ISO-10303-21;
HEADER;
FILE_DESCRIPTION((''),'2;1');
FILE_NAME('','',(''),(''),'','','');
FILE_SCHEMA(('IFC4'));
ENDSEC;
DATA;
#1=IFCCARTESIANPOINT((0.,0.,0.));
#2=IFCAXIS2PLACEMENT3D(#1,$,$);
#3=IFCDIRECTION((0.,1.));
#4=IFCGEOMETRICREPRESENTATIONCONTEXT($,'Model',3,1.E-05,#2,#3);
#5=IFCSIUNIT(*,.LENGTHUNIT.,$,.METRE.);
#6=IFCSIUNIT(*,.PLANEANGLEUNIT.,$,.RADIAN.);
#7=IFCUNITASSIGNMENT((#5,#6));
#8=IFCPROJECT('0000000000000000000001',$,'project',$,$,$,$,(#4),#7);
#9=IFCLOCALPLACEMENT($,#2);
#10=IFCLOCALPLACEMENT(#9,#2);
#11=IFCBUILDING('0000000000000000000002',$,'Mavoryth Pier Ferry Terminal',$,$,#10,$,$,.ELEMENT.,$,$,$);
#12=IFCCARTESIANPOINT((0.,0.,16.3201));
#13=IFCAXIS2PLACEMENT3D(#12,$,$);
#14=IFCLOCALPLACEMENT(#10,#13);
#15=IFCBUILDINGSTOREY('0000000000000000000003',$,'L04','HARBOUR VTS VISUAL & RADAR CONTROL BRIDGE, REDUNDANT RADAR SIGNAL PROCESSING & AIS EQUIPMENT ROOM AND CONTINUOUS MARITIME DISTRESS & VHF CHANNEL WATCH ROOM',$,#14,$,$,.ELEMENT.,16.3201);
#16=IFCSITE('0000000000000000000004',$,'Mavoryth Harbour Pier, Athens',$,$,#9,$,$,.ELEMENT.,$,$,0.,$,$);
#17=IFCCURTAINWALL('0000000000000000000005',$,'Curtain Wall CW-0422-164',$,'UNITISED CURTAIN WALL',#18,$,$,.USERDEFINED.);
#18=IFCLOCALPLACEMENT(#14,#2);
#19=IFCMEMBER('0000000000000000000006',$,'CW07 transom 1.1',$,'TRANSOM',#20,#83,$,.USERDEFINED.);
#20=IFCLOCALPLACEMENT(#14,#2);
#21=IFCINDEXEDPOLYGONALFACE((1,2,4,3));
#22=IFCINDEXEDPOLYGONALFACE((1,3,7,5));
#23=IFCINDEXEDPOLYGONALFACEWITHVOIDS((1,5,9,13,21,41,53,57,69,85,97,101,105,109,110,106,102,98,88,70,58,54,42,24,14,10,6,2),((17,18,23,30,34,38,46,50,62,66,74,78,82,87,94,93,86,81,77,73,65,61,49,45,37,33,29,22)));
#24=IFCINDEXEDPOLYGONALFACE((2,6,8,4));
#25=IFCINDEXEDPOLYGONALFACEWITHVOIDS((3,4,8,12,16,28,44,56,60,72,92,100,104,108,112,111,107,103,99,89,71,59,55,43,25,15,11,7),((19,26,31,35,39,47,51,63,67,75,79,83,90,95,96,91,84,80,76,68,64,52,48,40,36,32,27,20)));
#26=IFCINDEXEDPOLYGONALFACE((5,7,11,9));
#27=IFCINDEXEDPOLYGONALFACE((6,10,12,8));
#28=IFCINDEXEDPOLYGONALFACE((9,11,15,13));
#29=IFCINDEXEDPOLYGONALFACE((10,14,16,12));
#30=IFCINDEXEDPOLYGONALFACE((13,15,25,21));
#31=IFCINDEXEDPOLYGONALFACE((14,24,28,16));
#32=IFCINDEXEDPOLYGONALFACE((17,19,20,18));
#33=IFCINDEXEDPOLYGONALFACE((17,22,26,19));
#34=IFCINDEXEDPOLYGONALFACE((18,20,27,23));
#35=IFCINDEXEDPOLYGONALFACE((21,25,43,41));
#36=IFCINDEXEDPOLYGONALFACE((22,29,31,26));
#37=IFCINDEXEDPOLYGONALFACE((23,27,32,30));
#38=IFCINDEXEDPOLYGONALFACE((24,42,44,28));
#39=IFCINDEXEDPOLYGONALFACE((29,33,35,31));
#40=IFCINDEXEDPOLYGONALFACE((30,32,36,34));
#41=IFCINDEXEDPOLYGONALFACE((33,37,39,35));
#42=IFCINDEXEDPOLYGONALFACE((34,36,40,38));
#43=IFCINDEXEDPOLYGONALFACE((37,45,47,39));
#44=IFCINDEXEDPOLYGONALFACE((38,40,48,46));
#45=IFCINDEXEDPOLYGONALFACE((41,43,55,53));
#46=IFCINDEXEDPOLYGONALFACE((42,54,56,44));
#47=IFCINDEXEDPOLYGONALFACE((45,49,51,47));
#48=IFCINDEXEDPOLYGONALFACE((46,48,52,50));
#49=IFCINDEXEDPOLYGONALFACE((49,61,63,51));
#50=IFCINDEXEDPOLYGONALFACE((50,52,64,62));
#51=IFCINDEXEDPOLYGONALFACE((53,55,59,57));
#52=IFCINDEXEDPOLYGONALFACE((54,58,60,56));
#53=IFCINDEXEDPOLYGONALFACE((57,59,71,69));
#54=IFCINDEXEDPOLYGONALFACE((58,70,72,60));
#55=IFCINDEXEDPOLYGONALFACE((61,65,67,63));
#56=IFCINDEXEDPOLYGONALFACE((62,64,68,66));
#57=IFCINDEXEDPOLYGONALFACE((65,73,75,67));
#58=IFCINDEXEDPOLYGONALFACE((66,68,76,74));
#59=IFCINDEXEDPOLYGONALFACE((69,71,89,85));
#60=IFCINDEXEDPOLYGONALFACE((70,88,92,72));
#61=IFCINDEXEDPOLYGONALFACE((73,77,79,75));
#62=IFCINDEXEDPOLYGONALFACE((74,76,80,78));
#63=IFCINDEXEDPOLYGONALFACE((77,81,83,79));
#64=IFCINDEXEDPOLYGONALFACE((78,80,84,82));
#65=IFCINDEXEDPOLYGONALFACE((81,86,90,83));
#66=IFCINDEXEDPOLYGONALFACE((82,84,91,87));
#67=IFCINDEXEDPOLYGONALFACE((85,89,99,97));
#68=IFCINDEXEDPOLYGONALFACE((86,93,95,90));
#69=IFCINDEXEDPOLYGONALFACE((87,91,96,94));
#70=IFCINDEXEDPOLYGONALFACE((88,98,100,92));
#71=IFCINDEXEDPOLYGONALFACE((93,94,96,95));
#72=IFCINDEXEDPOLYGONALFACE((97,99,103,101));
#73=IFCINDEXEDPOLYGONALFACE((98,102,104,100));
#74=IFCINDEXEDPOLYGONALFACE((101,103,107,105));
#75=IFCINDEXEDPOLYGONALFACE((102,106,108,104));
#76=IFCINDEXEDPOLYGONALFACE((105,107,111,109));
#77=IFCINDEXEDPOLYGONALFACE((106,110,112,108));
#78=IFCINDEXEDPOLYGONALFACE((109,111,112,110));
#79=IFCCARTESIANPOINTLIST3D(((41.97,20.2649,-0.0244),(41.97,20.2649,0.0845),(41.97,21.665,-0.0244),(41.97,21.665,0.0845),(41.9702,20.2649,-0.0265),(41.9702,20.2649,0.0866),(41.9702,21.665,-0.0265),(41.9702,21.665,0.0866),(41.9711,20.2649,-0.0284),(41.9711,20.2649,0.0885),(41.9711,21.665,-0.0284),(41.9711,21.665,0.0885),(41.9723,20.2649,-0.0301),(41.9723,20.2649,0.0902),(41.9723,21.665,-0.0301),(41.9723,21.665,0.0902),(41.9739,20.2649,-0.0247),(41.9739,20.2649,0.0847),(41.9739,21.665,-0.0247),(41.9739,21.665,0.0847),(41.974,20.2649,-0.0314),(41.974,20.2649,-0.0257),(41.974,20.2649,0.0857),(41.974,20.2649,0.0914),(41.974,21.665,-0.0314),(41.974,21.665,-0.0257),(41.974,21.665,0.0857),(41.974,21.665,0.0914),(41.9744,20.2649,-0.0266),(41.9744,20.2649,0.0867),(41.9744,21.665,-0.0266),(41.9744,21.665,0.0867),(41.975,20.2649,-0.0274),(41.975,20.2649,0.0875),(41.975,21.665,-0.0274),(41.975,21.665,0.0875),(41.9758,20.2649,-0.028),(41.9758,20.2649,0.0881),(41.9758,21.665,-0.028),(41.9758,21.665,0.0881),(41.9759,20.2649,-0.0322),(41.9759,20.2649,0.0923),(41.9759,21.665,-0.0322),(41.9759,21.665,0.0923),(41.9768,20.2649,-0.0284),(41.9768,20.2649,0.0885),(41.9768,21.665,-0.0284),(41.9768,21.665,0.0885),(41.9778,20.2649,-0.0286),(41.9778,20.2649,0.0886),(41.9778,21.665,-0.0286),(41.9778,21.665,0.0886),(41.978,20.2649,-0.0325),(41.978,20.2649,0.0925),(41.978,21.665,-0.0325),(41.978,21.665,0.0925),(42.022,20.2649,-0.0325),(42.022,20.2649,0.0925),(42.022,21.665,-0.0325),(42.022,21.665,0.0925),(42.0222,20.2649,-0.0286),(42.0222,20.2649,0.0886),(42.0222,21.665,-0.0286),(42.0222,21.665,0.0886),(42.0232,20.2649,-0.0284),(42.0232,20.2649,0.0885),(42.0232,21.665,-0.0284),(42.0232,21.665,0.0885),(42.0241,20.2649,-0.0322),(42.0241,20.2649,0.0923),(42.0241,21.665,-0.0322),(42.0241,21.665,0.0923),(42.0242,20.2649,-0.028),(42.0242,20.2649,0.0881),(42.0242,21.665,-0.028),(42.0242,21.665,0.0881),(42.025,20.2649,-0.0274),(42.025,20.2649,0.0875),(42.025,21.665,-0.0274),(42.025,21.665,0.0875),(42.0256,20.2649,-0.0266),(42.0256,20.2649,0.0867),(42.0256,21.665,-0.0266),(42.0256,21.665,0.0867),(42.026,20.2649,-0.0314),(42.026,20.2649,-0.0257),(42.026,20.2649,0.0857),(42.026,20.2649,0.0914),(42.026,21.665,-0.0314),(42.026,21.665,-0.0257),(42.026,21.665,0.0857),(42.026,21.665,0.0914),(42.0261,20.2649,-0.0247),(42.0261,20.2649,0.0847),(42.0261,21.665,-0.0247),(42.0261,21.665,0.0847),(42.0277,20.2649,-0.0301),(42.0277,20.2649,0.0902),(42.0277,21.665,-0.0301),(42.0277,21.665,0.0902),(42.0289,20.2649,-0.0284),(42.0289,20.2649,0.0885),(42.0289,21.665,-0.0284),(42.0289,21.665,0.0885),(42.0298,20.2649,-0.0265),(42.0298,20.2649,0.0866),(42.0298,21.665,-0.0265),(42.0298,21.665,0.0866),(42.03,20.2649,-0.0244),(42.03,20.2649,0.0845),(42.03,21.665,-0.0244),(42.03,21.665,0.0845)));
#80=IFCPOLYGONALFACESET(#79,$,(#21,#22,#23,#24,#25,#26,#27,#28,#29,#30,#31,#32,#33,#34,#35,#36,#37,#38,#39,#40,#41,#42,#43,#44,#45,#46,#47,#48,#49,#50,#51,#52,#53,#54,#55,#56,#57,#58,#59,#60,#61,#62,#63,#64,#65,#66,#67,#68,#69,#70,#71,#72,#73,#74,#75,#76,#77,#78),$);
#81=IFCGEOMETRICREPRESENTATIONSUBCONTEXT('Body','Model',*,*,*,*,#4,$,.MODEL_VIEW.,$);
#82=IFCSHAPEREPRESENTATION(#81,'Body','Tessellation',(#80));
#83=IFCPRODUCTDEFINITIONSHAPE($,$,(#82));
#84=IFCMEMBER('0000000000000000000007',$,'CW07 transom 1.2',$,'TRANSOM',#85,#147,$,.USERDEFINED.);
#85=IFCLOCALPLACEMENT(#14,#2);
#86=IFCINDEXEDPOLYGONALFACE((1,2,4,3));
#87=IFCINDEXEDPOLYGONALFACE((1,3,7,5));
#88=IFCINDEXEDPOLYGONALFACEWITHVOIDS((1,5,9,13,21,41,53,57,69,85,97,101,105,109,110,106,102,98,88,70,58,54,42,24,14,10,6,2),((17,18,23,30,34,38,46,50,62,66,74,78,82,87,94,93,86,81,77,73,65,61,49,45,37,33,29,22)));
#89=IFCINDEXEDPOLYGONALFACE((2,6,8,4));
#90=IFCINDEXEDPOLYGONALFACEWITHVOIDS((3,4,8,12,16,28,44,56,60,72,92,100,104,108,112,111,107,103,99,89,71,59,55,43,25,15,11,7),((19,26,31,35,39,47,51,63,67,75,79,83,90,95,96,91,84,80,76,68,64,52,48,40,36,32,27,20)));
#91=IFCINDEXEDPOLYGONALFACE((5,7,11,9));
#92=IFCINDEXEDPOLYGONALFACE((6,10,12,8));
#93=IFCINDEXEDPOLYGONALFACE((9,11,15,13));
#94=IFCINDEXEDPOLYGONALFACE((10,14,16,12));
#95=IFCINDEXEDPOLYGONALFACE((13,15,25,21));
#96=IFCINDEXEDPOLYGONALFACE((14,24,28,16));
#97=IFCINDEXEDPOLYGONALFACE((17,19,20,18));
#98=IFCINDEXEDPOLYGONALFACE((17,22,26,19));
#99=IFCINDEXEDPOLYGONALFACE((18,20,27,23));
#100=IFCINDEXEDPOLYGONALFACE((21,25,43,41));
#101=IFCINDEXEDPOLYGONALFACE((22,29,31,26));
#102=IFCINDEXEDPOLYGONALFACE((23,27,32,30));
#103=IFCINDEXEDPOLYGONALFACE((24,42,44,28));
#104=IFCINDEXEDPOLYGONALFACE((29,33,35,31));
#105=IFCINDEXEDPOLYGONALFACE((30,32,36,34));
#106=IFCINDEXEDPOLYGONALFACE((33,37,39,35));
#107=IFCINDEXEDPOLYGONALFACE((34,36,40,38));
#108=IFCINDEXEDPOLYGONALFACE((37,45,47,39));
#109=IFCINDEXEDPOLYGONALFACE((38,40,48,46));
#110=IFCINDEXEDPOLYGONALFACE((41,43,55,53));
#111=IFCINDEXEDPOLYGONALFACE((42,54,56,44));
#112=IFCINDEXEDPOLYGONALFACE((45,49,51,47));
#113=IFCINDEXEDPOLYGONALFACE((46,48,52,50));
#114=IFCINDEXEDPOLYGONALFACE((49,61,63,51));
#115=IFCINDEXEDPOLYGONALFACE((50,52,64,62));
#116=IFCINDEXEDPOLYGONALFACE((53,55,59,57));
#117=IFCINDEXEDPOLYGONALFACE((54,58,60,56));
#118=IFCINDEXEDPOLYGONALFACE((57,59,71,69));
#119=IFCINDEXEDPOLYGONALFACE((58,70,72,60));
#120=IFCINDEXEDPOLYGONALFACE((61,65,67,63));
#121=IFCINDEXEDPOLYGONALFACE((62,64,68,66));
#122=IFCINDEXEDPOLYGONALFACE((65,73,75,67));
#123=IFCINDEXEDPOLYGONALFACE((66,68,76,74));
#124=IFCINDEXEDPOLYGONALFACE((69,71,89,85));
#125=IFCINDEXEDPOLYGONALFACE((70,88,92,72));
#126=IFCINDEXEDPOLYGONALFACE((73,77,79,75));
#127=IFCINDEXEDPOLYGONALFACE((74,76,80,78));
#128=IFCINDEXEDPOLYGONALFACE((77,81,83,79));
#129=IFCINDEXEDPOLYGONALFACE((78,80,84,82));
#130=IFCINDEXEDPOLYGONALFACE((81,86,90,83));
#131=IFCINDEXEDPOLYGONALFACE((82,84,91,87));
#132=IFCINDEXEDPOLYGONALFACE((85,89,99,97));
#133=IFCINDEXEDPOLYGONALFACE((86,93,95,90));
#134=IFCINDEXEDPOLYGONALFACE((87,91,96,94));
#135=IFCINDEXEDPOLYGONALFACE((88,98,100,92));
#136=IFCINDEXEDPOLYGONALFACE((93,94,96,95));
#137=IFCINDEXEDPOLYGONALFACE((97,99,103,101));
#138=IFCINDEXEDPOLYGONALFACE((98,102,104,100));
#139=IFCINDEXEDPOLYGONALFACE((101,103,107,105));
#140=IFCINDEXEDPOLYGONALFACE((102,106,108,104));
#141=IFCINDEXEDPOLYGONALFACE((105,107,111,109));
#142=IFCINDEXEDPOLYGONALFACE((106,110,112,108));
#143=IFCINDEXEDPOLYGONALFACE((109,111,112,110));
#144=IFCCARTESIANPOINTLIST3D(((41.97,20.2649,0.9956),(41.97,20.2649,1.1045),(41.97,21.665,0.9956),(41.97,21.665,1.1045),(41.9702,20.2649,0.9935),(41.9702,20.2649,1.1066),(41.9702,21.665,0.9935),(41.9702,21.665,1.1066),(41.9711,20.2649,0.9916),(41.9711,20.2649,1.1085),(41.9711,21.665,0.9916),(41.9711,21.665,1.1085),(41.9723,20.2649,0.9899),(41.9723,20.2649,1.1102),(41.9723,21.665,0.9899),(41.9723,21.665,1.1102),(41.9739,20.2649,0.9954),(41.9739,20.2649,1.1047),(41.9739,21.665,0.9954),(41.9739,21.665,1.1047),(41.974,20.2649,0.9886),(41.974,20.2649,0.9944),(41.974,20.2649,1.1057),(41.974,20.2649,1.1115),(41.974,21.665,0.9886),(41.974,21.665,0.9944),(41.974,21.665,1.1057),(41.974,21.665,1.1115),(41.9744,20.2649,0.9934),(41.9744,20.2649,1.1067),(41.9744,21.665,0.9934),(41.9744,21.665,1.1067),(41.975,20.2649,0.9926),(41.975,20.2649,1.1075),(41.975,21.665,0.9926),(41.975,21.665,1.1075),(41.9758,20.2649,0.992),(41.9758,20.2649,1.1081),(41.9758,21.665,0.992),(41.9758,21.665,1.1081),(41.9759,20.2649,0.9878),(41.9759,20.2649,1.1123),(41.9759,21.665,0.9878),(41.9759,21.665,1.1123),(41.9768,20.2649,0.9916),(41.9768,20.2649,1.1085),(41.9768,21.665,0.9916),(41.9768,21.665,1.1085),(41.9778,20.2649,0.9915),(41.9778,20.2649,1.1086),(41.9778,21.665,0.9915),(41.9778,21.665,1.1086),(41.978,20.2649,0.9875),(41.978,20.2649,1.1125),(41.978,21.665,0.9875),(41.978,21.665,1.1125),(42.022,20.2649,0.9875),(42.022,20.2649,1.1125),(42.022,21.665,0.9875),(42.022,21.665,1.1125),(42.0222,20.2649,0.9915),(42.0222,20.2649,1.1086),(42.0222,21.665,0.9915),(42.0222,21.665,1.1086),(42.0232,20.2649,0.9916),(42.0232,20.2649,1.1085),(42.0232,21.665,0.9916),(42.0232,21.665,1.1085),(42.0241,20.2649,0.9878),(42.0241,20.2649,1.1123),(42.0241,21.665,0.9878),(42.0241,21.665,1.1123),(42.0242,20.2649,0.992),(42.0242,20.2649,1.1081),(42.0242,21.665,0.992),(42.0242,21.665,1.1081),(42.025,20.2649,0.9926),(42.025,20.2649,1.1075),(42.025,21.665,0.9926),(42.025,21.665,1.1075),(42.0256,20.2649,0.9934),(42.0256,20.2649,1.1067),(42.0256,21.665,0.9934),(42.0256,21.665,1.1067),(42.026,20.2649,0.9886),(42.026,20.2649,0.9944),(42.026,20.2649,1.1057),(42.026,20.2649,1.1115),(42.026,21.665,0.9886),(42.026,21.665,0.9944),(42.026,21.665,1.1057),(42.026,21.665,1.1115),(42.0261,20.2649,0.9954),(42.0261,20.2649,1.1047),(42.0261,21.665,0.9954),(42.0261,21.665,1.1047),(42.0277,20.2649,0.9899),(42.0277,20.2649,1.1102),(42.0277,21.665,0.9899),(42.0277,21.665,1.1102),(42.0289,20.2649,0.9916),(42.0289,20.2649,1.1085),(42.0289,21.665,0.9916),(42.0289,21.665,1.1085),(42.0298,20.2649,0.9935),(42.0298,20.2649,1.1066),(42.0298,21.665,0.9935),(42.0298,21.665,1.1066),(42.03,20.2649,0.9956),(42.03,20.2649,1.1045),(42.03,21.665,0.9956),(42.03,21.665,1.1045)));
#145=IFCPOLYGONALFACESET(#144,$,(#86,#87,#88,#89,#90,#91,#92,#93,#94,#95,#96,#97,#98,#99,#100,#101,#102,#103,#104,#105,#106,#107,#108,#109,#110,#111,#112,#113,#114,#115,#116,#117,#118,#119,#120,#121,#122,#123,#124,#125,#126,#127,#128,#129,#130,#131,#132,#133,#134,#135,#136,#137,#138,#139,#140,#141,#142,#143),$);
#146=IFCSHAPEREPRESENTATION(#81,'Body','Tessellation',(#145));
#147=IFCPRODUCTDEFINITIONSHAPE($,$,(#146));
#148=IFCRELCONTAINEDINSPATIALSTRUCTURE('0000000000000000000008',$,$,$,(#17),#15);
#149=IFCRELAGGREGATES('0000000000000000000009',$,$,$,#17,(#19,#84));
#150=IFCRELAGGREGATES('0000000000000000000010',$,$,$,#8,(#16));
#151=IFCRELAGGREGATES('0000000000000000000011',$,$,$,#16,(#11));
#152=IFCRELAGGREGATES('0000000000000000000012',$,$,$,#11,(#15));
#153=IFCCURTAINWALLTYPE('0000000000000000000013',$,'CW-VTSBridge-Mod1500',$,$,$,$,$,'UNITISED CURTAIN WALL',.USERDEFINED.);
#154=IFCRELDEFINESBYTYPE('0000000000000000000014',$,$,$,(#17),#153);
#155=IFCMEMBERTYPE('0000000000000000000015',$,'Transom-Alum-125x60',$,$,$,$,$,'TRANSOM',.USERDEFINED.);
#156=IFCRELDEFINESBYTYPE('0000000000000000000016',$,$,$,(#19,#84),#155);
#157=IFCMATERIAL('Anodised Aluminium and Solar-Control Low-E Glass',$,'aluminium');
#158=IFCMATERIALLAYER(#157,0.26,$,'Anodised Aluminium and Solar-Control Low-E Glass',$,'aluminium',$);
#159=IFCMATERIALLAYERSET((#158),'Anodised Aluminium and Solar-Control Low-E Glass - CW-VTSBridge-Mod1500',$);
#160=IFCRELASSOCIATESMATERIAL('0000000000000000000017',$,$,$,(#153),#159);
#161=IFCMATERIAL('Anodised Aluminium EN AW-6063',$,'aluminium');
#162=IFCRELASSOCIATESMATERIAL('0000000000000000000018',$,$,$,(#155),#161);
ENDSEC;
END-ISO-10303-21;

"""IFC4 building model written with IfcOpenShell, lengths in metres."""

from ifc_helpers import new_model, si_unit, direction, frame, origin, origin_2d, place, context, subcontext, project, spatial, hollow_rectangle, extrude, material, layer, layer_set, material_profile, profile_set, type_object, element, aggregate, save


model = new_model("IFC4")

# Units and contexts
model_context = context("Model", 3, precision=1e-05, world=origin(), true_north=direction((0.0, 1.0)))
body_context = subcontext(model_context, "Body", "Model", "MODEL_VIEW")
ifc_project = project(units=[si_unit("LENGTHUNIT", "METRE"), si_unit("PLANEANGLEUNIT", "RADIAN")], contexts=[model_context])

# Site, building, storey
site_placement = place(None, origin())
site = spatial("IfcSite", under=ifc_project, at=site_placement, Name="Mavoryth Harbour Pier, Athens", CompositionType="ELEMENT", RefElevation=0.0)
building_placement = place(site_placement, origin())
building = spatial("IfcBuilding", under=site, at=building_placement, Name="Mavoryth Pier Ferry Terminal", CompositionType="ELEMENT")
storey_placement = place(building_placement, frame((0.0, 0.0, 16.3201)))
storey = spatial("IfcBuildingStorey", under=building, at=storey_placement, Name="L04", Description="HARBOUR VTS VISUAL & RADAR CONTROL BRIDGE, REDUNDANT RADAR SIGNAL PROCESSING & AIS EQUIPMENT ROOM AND CONTINUOUS MARITIME DISTRESS & VHF CHANNEL WATCH ROOM", CompositionType="ELEMENT", Elevation=16.3201)

# Curtain wall, members
ifc_material_1 = material(Name="Anodised Aluminium and Solar-Control Low-E Glass", Category="aluminium")
ifc_layer_1 = layer(ifc_material_1, 0.26, Name="Anodised Aluminium and Solar-Control Low-E Glass", Category="aluminium")
ifc_layer_set_1 = layer_set([ifc_layer_1], Name="Anodised Aluminium and Solar-Control Low-E Glass - CW-VTSBridge-Mod1500")
curtain_wall_type = type_object("IfcCurtainWallType", Name="CW-VTSBridge-Mod1500", ElementType="UNITISED CURTAIN WALL", PredefinedType="USERDEFINED", material=ifc_layer_set_1)
curtain_wall_placement = place(storey_placement, origin())
curtain_wall = element("IfcCurtainWall", 1, at=curtain_wall_placement, inside=storey, type_object=curtain_wall_type, Name="Curtain Wall CW-0422-164", ObjectType="UNITISED CURTAIN WALL", PredefinedType="USERDEFINED")
ifc_material_2 = material(Name="Anodised Aluminium EN AW-6063", Category="aluminium")
ifc_material_profile_1 = material_profile(ifc_material_2, hollow_rectangle(XDim=0.0601, YDim=0.125, WallThickness=0.0039, InnerFilletRadius=0.0039, OuterFilletRadius=0.0081, at=origin_2d()), Name="AL-TRAN 125x60x4", Category="aluminium")
ifc_profile_set_1 = profile_set([ifc_material_profile_1], Name="Anodised Aluminium EN AW-6063 - AL-TRAN 125x60x4")
member_type_1 = type_object("IfcMemberType", Name="Transom-Alum-125x60", ElementType="TRANSOM", PredefinedType="USERDEFINED", material=ifc_profile_set_1)
member_1_placement = place(storey_placement, frame((42.0, 21.665, 0.03), z_axis=(0.0, -1.0, 0.0), x_axis=(1.0, 0.0, 0.0)))
member_1 = element("IfcMember", 2, at=member_1_placement, type_object=member_type_1, Name="CW07 transom 1.1", ObjectType="TRANSOM", PredefinedType="USERDEFINED", context=body_context, shape_type="SweptSolid", body=[
    extrude(hollow_rectangle(XDim=0.0601, YDim=0.125, WallThickness=0.0039, InnerFilletRadius=0.0039, OuterFilletRadius=0.0081, at=origin_2d()), origin(), (0.0, 0.0, 1.0), 1.4001),
])
member_2_placement = place(storey_placement, frame((42.0, 21.665, 1.05), z_axis=(0.0, -1.0, 0.0), x_axis=(1.0, 0.0, 0.0)))
member_2 = element("IfcMember", 3, at=member_2_placement, type_object=member_type_1, Name="CW07 transom 1.2", ObjectType="TRANSOM", PredefinedType="USERDEFINED", context=body_context, shape_type="SweptSolid", body=[
    extrude(hollow_rectangle(XDim=0.0601, YDim=0.125, WallThickness=0.0039, InnerFilletRadius=0.0039, OuterFilletRadius=0.0081, at=origin_2d()), origin(), (0.0, 0.0, 1.0), 1.4001),
])
aggregate(curtain_wall, [member_1, member_2])

save(model, "model.ifc")
